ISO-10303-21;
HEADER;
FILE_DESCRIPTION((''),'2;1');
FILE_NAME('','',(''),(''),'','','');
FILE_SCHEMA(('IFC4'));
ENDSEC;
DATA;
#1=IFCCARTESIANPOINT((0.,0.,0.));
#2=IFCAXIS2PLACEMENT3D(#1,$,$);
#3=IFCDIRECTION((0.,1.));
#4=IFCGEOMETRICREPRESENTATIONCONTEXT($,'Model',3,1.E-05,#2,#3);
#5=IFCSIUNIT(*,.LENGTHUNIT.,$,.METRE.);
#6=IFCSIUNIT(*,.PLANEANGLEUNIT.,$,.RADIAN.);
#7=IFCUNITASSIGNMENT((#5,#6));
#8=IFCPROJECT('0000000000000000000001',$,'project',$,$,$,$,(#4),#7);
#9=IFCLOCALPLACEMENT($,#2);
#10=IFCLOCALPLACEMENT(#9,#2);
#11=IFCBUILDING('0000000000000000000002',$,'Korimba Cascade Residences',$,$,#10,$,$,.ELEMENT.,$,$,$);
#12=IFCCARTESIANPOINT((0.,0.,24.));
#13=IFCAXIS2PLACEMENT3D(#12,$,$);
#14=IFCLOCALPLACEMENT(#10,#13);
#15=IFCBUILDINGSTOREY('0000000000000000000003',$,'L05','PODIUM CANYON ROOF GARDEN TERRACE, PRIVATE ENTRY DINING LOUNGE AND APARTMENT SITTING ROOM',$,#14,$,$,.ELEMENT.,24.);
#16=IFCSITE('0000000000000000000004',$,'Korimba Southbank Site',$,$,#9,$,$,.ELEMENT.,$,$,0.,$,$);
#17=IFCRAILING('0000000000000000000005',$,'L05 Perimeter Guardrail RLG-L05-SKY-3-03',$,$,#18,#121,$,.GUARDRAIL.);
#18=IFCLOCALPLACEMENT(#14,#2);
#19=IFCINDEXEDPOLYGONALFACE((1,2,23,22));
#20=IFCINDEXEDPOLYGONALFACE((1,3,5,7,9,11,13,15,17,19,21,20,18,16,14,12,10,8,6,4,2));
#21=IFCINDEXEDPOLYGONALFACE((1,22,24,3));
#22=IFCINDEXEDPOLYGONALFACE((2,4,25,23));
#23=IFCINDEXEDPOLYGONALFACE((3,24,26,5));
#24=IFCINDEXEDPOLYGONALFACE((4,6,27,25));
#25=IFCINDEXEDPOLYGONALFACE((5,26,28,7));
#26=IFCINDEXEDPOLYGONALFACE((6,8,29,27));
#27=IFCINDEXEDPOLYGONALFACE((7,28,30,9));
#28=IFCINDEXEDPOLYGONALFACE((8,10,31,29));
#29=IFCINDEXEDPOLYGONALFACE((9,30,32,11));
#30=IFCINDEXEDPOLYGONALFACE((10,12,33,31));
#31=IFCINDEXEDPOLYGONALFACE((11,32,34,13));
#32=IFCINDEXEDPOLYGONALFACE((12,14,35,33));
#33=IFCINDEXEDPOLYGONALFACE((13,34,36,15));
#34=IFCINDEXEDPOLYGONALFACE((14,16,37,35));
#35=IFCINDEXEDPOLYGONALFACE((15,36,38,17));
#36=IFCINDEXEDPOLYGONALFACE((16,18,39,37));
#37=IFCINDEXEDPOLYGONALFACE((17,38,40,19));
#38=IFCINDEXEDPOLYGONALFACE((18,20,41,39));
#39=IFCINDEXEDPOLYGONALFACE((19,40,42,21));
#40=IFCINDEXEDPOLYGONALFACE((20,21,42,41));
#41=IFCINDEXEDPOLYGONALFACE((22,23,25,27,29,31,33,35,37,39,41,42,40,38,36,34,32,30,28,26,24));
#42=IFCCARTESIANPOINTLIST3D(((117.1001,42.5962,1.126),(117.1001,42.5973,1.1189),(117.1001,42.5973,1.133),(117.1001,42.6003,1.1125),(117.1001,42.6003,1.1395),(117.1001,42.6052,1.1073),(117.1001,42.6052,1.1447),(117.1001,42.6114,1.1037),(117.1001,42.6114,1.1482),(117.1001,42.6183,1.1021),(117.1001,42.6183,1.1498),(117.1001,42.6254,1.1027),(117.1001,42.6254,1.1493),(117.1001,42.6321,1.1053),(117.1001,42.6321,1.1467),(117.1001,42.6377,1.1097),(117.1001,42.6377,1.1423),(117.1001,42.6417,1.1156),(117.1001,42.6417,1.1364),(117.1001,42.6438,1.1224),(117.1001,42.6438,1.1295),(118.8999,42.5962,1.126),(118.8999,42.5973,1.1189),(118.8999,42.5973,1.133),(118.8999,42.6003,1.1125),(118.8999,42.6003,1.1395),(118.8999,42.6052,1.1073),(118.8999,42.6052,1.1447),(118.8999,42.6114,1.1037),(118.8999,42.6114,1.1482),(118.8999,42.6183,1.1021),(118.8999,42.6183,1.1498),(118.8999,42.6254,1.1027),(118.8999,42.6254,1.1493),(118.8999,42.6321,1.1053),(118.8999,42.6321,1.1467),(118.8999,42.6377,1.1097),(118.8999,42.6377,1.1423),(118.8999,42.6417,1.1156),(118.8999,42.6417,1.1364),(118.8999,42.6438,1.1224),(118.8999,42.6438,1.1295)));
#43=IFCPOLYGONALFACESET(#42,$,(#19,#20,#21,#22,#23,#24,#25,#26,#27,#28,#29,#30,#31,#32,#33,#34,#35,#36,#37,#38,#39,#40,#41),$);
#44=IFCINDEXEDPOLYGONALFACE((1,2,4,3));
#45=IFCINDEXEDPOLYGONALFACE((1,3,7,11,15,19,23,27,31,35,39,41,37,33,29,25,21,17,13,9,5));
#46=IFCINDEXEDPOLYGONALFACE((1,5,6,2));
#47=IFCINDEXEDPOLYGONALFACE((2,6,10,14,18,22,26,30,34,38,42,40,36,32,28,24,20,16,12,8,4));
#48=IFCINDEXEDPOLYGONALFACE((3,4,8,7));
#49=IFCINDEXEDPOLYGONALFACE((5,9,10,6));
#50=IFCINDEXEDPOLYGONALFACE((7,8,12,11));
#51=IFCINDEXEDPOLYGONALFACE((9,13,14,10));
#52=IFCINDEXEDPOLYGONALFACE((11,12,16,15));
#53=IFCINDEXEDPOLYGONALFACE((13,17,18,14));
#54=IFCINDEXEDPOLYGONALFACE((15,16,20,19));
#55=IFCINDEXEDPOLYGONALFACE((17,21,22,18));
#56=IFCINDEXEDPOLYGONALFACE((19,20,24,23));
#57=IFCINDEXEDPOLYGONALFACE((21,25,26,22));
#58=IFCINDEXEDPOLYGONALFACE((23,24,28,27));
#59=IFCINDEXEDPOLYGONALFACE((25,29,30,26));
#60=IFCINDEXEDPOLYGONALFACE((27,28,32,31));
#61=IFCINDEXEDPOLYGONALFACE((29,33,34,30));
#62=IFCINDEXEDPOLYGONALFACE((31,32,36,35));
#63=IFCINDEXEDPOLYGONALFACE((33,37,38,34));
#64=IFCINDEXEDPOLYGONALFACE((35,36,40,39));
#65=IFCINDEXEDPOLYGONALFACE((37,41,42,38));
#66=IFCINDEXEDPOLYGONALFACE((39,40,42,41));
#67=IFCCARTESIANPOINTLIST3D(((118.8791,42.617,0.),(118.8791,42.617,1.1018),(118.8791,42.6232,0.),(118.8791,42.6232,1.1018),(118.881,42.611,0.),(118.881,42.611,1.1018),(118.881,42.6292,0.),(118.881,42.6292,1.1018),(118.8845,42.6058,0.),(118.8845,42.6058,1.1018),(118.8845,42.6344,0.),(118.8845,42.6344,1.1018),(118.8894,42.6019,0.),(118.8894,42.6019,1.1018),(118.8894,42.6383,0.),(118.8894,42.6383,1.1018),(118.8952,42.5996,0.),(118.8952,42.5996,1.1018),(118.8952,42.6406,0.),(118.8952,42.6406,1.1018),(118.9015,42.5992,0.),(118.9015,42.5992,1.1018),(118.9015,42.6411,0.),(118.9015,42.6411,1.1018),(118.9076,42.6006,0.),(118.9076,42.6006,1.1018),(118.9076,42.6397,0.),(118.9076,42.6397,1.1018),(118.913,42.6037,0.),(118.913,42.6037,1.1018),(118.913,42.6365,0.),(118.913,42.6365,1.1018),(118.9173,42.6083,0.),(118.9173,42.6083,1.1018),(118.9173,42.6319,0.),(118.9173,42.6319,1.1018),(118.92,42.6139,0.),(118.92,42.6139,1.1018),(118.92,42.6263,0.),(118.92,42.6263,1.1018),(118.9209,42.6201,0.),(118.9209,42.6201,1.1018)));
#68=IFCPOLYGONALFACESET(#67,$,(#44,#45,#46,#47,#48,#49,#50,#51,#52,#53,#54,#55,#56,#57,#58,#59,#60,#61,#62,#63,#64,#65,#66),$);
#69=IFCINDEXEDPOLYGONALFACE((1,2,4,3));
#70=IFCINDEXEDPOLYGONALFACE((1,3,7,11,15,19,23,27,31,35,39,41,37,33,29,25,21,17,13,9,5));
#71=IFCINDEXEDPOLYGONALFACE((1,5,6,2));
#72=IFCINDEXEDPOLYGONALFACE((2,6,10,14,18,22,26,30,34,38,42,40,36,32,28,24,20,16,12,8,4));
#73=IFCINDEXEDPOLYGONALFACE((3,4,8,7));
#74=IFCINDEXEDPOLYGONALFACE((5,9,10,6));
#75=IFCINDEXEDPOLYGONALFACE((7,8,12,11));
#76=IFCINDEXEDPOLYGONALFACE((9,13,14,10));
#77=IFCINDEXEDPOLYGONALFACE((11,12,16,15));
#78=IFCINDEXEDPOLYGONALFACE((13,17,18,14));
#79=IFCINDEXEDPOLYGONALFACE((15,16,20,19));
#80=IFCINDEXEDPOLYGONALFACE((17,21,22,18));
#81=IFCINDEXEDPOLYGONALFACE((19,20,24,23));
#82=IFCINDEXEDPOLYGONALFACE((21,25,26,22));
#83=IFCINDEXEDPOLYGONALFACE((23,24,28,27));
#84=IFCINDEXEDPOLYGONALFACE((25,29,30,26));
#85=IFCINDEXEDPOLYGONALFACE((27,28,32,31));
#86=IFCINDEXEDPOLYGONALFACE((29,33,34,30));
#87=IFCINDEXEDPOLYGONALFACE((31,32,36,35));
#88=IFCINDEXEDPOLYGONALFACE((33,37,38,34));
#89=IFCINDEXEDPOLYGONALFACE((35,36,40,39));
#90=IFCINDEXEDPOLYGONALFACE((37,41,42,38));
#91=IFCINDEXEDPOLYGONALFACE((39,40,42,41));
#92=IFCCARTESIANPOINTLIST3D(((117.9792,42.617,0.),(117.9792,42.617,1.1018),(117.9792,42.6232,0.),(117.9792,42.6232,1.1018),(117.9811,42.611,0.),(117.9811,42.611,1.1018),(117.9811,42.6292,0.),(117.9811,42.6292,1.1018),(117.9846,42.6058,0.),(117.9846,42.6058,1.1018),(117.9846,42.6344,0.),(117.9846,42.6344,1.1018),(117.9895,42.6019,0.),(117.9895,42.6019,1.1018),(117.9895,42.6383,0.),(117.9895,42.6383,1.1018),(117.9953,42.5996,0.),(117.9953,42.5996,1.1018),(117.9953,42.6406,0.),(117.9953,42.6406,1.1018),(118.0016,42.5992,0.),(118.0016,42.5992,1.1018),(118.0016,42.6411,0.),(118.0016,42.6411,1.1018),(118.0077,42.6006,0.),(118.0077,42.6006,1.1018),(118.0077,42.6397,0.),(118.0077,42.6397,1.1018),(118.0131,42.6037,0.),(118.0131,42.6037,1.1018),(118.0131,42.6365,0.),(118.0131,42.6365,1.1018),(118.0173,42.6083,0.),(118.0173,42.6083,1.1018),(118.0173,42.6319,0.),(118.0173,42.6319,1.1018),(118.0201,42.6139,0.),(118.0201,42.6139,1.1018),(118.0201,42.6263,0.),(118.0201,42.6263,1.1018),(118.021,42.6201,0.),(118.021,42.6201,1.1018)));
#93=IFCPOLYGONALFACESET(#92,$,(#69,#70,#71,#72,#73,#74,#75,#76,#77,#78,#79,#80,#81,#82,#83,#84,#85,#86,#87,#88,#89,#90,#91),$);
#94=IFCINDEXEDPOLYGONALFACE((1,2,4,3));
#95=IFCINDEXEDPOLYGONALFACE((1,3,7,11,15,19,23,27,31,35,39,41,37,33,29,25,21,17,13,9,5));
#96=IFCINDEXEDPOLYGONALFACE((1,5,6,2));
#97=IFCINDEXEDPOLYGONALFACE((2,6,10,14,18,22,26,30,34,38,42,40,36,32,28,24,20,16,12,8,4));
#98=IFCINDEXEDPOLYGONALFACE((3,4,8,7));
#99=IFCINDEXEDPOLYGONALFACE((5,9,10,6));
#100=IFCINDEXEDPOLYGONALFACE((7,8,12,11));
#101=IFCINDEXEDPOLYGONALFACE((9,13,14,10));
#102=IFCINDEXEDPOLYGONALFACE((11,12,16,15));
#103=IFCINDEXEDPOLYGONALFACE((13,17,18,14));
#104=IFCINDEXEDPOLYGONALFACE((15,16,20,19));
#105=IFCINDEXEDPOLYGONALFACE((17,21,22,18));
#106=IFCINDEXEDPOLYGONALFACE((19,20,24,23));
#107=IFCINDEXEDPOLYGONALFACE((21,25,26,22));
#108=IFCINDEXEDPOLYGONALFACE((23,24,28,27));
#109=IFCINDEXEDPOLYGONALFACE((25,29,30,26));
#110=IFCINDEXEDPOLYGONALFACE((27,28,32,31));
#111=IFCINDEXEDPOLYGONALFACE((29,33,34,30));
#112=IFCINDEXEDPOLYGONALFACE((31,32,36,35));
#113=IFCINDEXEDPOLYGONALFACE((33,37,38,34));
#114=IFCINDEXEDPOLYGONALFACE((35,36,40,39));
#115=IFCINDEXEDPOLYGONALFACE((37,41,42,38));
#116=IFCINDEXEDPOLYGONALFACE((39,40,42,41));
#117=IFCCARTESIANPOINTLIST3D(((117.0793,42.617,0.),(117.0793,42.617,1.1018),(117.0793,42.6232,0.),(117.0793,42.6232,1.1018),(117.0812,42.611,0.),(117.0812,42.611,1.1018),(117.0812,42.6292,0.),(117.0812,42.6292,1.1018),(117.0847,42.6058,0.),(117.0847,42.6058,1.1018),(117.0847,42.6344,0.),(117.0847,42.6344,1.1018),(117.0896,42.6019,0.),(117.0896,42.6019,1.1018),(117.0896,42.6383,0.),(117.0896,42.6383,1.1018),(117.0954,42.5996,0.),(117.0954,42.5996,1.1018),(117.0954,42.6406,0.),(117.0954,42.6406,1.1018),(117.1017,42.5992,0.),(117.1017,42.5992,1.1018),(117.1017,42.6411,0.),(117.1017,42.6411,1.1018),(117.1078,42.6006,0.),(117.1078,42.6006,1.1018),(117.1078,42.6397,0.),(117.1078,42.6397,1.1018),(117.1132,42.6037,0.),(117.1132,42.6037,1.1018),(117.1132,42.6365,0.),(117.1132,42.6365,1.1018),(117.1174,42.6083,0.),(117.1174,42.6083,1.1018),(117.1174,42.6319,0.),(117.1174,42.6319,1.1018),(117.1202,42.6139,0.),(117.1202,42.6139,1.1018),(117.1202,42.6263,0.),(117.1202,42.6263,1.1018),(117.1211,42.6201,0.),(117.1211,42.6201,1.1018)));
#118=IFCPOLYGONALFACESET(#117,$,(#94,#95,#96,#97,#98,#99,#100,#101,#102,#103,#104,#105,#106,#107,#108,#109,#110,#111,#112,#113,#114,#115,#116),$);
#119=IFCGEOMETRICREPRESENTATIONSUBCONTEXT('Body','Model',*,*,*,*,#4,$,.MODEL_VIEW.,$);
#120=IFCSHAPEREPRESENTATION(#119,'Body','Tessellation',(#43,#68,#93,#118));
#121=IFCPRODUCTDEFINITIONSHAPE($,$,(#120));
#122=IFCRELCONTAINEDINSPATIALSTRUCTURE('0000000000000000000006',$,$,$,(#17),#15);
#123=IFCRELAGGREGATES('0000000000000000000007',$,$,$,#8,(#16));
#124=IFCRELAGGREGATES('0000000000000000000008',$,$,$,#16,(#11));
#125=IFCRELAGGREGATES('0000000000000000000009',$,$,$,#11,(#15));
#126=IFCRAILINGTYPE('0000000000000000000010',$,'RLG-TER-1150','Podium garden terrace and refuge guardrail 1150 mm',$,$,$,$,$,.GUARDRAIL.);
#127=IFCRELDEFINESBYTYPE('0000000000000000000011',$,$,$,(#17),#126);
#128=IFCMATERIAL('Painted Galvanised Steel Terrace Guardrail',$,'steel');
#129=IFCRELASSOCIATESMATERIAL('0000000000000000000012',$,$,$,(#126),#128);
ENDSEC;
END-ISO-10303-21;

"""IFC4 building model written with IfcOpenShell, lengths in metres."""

from ifc_helpers import new_model, si_unit, direction, frame, origin, origin_2d, place, context, subcontext, project, spatial, circle, extrude, material, type_object, element, save


model = new_model("IFC4")

# Units and contexts
model_context = context("Model", 3, precision=1e-05, world=origin(), true_north=direction((0.0, 1.0)))
body_context = subcontext(model_context, "Body", "Model", "MODEL_VIEW")
ifc_project = project(units=[si_unit("LENGTHUNIT", "METRE"), si_unit("PLANEANGLEUNIT", "RADIAN")], contexts=[model_context])

# Site, building, storey
site_placement = place(None, origin())
site = spatial("IfcSite", under=ifc_project, at=site_placement, Name="Korimba Southbank Site", CompositionType="ELEMENT", RefElevation=0.0)
building_placement = place(site_placement, origin())
building = spatial("IfcBuilding", under=site, at=building_placement, Name="Korimba Cascade Residences", CompositionType="ELEMENT")
storey_placement = place(building_placement, frame((0.0, 0.0, 24.0)))
storey = spatial("IfcBuildingStorey", under=building, at=storey_placement, Name="L05", Description="PODIUM CANYON ROOF GARDEN TERRACE, PRIVATE ENTRY DINING LOUNGE AND APARTMENT SITTING ROOM", CompositionType="ELEMENT", Elevation=24.0)

# Railing
ifc_material_1 = material(Name="Painted Galvanised Steel Terrace Guardrail", Category="steel")
railing_type = type_object("IfcRailingType", Name="RLG-TER-1150", Description="Podium garden terrace and refuge guardrail 1150 mm", PredefinedType="GUARDRAIL", material=ifc_material_1)
railing_1_placement = place(storey_placement, frame((118.8999, 42.6201, 0.0)))
element("IfcRailing", 1, at=railing_1_placement, inside=storey, type_object=railing_type, Name="L05 Perimeter Guardrail RLG-L05-SKY-3-03", PredefinedType="GUARDRAIL", context=body_context, shape_type="SweptSolid", body=[
    extrude(circle(Radius=0.0239, at=origin_2d()), frame((0.0, 0.0, 1.126), z_axis=(-1.0, 0.0, 0.0), x_axis=(0.0, -1.0, 0.0)), (0.0, 0.0, 1.0), 1.7998),
    extrude(circle(Radius=0.021, at=origin_2d()), origin(), (0.0, 0.0, 1.0), 1.1018),
    extrude(circle(Radius=0.021, at=origin_2d()), frame((-0.8999, 0.0, 0.0)), (0.0, 0.0, 1.0), 1.1018),
    extrude(circle(Radius=0.021, at=origin_2d()), frame((-1.7998, 0.0, 0.0)), (0.0, 0.0, 1.0), 1.1018),
])

save(model, "model.ifc")
